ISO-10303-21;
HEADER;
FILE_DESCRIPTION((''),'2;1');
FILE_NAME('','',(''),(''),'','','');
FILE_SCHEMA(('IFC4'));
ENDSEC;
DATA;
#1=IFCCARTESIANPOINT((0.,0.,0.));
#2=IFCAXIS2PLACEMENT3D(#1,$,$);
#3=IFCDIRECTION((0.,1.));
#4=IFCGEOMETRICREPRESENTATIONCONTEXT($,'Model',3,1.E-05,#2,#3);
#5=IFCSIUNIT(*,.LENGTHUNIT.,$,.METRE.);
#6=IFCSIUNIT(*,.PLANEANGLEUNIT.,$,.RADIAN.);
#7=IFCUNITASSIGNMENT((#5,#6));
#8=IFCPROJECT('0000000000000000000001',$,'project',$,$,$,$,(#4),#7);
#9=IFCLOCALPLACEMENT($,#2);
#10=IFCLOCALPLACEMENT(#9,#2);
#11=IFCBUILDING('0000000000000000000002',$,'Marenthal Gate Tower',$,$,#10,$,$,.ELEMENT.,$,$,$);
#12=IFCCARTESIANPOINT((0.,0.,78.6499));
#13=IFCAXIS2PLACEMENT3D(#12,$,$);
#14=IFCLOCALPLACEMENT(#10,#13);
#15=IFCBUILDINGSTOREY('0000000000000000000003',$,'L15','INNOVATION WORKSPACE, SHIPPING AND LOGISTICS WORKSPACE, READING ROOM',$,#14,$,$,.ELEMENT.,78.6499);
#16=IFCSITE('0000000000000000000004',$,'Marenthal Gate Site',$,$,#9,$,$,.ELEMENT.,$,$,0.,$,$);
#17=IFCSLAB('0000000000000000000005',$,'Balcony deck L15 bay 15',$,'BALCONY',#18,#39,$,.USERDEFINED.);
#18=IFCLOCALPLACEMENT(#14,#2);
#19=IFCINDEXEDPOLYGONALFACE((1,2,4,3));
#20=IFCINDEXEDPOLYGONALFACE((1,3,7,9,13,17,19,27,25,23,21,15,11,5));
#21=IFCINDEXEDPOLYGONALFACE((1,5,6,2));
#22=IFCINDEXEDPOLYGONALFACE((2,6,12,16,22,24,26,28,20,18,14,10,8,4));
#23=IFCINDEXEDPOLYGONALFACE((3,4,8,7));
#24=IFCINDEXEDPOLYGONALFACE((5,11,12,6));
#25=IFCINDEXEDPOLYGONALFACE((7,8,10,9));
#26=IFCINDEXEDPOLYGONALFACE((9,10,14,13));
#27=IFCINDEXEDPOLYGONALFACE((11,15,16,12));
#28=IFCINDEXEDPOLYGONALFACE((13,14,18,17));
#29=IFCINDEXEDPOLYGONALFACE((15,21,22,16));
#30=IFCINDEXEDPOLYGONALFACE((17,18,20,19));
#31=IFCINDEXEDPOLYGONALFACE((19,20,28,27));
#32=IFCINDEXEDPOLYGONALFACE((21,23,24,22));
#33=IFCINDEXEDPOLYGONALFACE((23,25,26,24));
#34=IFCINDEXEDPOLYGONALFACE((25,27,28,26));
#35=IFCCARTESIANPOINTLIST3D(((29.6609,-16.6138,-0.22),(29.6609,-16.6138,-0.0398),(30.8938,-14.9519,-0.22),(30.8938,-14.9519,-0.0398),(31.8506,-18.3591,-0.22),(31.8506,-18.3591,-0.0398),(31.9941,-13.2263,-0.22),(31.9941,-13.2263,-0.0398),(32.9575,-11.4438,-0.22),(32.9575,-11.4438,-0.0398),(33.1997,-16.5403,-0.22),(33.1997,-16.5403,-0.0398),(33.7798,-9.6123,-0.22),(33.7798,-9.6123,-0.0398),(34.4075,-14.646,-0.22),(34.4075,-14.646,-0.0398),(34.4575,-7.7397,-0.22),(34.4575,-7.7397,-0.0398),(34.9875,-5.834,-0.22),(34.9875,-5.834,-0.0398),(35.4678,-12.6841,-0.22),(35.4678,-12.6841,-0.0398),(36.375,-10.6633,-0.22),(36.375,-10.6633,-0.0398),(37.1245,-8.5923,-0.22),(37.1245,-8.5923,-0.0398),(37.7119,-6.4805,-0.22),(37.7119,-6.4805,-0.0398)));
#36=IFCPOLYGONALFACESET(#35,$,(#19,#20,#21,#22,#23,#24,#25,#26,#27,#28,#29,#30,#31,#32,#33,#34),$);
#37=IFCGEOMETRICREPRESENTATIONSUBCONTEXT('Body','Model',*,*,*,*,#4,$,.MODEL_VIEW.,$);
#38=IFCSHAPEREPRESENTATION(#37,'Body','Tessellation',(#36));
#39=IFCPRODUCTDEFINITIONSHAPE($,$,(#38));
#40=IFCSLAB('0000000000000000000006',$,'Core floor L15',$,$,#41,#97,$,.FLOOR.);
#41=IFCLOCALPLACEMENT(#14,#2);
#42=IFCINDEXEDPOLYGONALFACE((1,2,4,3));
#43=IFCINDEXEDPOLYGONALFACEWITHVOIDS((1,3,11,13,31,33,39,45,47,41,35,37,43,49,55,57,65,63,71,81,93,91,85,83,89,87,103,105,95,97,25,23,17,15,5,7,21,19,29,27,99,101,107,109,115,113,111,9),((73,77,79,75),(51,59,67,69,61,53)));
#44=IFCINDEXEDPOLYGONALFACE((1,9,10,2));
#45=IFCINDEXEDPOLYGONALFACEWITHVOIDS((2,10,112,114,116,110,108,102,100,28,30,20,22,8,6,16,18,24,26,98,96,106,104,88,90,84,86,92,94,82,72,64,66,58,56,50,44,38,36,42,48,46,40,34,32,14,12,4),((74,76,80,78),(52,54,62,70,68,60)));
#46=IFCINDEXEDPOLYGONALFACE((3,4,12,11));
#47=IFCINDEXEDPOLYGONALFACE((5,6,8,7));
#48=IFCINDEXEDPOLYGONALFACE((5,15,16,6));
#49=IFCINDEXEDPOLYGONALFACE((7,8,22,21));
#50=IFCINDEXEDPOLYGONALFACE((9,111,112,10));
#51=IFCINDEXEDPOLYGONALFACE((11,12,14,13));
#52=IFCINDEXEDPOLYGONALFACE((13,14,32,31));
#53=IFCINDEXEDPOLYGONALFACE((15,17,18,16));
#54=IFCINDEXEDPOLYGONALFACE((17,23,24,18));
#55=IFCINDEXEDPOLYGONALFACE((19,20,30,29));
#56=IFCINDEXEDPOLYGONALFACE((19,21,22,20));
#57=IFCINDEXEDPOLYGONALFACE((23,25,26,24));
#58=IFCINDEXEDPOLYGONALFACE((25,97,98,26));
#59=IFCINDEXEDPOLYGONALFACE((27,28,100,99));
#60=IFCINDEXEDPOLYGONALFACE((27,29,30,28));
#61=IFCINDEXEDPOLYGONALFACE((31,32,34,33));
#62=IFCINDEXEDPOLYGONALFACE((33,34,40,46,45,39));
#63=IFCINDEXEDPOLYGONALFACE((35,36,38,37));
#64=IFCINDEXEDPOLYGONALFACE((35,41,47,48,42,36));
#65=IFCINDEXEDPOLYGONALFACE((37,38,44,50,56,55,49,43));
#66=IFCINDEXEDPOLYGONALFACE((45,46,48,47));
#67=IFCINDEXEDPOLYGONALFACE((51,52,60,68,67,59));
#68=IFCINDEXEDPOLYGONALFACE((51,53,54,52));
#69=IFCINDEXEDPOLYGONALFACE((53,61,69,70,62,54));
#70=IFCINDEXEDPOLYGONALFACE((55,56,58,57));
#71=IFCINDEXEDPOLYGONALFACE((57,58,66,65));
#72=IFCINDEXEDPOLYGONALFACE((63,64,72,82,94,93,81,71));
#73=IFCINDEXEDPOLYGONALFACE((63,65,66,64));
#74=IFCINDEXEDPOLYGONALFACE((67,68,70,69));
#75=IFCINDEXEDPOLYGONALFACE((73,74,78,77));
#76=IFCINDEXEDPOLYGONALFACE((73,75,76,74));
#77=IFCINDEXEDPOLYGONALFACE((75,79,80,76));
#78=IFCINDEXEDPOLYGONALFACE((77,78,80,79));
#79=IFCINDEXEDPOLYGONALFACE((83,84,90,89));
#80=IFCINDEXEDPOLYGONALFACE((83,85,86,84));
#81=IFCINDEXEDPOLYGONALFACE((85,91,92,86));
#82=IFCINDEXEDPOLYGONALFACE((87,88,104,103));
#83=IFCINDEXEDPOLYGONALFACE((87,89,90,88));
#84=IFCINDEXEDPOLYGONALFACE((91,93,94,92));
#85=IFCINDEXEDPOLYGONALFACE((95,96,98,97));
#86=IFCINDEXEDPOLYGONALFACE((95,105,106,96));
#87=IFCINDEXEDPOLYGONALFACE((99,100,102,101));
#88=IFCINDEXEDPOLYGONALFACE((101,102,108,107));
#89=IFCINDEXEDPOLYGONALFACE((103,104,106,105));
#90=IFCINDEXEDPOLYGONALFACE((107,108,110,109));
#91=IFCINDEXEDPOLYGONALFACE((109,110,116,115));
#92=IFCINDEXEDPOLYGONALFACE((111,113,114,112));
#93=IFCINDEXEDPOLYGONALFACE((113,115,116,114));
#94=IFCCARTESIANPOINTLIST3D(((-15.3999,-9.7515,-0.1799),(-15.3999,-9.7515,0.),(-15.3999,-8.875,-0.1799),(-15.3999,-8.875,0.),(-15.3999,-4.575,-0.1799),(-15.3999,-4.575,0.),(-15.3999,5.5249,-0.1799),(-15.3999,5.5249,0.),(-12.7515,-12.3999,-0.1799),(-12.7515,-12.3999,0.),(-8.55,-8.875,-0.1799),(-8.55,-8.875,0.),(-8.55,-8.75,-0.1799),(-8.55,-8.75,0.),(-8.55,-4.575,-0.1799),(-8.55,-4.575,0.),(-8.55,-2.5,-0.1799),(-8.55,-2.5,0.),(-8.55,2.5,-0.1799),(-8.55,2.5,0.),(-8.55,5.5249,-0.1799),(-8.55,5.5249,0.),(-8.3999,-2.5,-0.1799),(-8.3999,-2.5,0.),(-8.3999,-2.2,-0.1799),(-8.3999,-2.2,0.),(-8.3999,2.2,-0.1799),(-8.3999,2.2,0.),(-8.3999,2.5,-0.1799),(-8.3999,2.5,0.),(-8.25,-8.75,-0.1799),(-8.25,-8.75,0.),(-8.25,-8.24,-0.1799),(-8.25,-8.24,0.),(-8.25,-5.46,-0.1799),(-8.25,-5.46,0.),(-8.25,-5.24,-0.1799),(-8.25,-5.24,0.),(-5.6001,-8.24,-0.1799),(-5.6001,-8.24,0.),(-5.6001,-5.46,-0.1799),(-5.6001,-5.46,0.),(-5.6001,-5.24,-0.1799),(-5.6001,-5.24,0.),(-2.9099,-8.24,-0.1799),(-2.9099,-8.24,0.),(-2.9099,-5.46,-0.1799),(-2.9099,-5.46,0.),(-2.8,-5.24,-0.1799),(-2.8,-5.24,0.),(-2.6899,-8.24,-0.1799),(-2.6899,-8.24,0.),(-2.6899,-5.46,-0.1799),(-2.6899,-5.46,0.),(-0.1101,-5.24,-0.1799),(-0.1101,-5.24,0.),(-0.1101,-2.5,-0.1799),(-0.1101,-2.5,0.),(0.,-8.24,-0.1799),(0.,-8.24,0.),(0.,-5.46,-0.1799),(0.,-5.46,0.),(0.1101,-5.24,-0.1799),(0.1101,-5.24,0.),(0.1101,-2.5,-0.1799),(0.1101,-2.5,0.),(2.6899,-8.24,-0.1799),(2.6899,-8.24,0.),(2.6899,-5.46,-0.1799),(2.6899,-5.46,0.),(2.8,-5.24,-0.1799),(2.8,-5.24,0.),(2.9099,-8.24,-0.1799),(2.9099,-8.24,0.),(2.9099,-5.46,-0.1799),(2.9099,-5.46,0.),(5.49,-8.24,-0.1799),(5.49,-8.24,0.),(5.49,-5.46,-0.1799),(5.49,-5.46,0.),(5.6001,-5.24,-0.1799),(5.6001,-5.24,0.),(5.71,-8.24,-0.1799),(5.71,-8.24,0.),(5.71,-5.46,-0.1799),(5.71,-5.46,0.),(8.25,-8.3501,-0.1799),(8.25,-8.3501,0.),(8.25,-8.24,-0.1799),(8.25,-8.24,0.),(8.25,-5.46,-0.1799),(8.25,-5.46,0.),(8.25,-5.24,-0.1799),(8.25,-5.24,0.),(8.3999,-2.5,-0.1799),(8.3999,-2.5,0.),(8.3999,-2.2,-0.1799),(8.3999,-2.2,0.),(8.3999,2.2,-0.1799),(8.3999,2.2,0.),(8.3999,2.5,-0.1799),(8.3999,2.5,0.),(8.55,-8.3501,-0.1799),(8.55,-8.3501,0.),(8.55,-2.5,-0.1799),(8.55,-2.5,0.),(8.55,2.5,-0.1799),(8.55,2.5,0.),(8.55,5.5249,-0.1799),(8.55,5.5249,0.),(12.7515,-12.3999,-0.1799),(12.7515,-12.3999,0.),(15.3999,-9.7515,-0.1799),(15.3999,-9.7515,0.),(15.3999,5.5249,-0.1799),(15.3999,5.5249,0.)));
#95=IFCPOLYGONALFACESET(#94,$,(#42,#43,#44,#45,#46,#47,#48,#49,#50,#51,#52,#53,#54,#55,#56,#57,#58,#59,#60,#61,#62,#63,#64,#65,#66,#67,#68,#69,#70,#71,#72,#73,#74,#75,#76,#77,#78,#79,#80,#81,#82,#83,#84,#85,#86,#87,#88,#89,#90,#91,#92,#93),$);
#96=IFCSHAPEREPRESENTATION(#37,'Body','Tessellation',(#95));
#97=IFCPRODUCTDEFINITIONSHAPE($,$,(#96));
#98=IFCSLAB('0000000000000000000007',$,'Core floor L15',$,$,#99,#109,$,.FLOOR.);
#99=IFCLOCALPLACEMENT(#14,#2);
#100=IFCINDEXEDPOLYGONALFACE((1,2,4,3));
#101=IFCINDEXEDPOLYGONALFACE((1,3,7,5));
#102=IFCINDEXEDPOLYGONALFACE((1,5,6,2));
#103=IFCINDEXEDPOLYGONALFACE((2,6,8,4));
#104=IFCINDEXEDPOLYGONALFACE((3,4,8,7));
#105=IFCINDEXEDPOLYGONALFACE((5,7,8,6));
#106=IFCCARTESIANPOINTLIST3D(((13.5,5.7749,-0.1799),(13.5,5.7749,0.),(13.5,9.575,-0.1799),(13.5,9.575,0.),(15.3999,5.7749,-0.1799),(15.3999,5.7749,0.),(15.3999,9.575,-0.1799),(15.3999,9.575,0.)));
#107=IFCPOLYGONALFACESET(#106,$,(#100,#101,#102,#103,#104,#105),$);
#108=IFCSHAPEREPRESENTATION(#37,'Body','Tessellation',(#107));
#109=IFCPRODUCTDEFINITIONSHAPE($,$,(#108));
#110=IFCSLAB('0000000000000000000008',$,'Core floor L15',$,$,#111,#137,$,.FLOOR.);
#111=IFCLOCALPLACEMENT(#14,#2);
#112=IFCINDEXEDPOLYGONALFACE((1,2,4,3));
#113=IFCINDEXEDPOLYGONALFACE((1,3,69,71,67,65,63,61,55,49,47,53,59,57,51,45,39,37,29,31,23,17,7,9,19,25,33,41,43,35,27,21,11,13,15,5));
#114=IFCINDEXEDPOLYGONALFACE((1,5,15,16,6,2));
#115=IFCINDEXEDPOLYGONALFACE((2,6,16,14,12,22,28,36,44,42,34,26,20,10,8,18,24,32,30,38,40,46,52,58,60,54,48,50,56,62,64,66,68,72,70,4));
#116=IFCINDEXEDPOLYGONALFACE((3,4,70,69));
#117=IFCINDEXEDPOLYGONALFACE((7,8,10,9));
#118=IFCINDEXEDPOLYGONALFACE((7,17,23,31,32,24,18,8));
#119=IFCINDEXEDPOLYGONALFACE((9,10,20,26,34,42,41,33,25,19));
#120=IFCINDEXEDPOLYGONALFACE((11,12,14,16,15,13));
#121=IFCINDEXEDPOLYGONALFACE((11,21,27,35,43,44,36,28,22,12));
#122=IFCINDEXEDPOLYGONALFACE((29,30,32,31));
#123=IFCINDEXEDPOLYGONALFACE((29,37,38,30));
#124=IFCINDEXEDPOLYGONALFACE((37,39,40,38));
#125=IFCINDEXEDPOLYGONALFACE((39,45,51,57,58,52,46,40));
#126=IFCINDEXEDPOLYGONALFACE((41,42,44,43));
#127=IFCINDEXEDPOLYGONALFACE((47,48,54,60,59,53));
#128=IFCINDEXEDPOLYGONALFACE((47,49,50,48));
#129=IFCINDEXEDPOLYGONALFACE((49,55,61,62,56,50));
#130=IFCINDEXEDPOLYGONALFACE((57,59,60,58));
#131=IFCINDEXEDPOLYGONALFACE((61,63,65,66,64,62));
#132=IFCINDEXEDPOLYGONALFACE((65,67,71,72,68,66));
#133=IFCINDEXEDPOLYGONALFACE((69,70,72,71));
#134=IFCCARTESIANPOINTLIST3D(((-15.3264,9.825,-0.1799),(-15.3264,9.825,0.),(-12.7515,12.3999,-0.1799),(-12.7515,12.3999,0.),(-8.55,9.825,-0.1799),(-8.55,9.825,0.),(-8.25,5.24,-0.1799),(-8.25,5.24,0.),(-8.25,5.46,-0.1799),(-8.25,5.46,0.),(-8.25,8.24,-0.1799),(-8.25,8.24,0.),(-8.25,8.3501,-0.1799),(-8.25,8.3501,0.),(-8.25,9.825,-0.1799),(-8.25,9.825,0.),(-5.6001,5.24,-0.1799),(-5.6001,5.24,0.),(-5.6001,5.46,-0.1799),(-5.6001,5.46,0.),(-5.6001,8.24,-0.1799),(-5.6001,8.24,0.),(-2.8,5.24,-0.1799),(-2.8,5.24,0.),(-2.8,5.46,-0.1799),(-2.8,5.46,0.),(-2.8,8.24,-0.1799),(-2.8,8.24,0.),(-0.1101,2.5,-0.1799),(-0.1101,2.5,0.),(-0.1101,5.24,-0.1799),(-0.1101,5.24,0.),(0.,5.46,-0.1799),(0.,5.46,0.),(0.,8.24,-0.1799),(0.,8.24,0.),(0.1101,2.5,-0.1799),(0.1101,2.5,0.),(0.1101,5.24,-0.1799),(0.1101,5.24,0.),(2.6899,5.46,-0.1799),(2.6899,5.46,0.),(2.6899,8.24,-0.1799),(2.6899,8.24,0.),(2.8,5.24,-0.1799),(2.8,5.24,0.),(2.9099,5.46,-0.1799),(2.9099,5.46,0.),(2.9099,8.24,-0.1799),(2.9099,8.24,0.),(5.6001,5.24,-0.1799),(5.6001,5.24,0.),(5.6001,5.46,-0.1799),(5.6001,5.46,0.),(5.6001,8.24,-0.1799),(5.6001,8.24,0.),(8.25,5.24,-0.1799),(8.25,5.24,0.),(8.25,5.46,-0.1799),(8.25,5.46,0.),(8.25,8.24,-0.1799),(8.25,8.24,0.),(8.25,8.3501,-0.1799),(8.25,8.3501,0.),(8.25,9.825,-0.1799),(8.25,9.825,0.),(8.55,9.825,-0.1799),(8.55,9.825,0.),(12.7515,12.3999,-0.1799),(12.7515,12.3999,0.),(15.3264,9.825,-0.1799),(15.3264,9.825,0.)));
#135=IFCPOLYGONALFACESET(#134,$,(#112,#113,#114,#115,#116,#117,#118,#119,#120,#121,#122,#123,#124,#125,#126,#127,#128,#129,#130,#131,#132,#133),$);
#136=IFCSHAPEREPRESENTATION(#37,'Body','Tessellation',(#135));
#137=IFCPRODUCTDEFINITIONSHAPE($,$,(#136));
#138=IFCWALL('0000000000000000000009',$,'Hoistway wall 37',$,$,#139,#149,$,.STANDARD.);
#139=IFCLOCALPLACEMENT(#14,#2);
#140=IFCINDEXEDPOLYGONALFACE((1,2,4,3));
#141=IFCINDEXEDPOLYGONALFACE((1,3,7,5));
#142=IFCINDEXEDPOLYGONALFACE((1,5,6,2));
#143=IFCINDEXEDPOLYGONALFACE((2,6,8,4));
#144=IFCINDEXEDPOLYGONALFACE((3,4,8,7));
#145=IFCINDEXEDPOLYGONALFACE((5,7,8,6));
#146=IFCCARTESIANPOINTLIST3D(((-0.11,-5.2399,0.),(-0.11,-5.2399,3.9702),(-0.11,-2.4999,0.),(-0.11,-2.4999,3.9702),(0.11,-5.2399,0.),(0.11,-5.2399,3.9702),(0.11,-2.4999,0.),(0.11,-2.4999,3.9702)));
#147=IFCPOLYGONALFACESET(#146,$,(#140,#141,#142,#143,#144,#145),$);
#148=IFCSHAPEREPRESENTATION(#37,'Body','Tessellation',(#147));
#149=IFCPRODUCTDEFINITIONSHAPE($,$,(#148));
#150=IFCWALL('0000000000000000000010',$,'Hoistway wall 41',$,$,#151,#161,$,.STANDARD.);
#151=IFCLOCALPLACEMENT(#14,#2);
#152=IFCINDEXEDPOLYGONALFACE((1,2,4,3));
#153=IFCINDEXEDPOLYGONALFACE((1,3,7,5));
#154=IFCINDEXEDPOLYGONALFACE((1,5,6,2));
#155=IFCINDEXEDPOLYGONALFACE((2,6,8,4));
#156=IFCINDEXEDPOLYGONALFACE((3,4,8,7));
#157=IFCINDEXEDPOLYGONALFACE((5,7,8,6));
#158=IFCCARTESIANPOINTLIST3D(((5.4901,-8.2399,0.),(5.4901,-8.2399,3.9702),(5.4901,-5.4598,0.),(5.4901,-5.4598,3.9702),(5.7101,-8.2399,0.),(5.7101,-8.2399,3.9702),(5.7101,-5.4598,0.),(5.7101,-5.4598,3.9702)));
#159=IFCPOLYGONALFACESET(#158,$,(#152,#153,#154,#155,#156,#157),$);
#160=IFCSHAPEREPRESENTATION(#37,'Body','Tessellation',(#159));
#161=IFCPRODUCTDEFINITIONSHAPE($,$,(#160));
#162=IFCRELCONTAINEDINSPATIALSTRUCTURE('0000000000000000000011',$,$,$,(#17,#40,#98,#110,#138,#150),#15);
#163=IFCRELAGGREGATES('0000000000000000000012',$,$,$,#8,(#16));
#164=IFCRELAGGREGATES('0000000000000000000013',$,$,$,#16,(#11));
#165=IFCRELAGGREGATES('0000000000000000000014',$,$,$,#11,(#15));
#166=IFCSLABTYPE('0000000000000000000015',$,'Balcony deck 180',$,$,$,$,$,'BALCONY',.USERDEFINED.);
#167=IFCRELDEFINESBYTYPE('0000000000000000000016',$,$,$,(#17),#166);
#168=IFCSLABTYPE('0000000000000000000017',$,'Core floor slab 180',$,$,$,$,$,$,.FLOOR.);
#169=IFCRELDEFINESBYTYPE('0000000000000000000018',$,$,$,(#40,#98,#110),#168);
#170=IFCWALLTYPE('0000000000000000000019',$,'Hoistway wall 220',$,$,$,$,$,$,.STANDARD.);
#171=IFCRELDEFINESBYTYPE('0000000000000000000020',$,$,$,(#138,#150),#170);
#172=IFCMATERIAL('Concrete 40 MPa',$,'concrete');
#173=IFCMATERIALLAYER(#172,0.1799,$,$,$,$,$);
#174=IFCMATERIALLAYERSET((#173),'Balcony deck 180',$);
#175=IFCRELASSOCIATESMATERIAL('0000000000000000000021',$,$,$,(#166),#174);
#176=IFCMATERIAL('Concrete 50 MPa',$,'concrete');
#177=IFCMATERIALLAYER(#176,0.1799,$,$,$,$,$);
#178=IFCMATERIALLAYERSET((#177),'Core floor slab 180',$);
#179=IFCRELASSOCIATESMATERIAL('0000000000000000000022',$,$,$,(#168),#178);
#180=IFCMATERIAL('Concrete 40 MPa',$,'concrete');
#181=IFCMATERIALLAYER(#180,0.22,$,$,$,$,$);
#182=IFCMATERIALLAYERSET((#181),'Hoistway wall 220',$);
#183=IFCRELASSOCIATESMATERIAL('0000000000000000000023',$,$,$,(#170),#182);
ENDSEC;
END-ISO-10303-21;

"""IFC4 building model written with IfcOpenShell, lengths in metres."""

from ifc_helpers import new_model, si_unit, direction, frame, frame_2d, origin, place, context, subcontext, project, spatial, polyline, rectangle, outline, extrude, material, layer, layer_set, type_object, element, save


model = new_model("IFC4")

# Units and contexts
model_context = context("Model", 3, precision=1e-05, world=origin(), true_north=direction((0.0, 1.0)))
body_context = subcontext(model_context, "Body", "Model", "MODEL_VIEW")
ifc_project = project(units=[si_unit("LENGTHUNIT", "METRE"), si_unit("PLANEANGLEUNIT", "RADIAN")], contexts=[model_context])

# Site, building, storey
site_placement = place(None, origin())
site = spatial("IfcSite", under=ifc_project, at=site_placement, Name="Marenthal Gate Site", CompositionType="ELEMENT", RefElevation=0.0)
building_placement = place(site_placement, origin())
building = spatial("IfcBuilding", under=site, at=building_placement, Name="Marenthal Gate Tower", CompositionType="ELEMENT")
storey_placement = place(building_placement, frame((0.0, 0.0, 78.6499)))
storey = spatial("IfcBuildingStorey", under=building, at=storey_placement, Name="L15", Description="INNOVATION WORKSPACE, SHIPPING AND LOGISTICS WORKSPACE, READING ROOM", CompositionType="ELEMENT", Elevation=78.6499)

# Slabs
ifc_material_1 = material(Name="Concrete 40 MPa", Category="concrete")
ifc_layer_1 = layer(ifc_material_1, 0.1799)
ifc_layer_set_1 = layer_set([ifc_layer_1], Name="Balcony deck 180")
slab_type_1 = type_object("IfcSlabType", Name="Balcony deck 180", ElementType="BALCONY", PredefinedType="USERDEFINED", material=ifc_layer_set_1)
slab_1_placement = place(storey_placement, frame((0.0, 0.0, -0.22)))
element("IfcSlab", 1, at=slab_1_placement, inside=storey, type_object=slab_type_1, Name="Balcony deck L15 bay 15", ObjectType="BALCONY", PredefinedType="USERDEFINED", context=body_context, shape_type="SweptSolid", body=[
    extrude(outline(polyline([(29.6609, -16.6138), (30.8938, -14.9519), (31.9941, -13.2263), (32.9575, -11.4438), (33.7798, -9.6123), (34.4575, -7.7397), (34.9875, -5.834), (37.7119, -6.4805), (37.1245, -8.5923), (36.375, -10.6633), (35.4678, -12.6841), (34.4075, -14.646), (33.1997, -16.5403), (31.8506, -18.3591), (29.6609, -16.6138)])), origin(), (0.0, 0.0, 1.0), 0.1802),
])
ifc_material_2 = material(Name="Concrete 50 MPa", Category="concrete")
ifc_layer_2 = layer(ifc_material_2, 0.1799)
ifc_layer_set_2 = layer_set([ifc_layer_2], Name="Core floor slab 180")
slab_type_2 = type_object("IfcSlabType", Name="Core floor slab 180", PredefinedType="FLOOR", material=ifc_layer_set_2)
slab_2_placement = place(storey_placement, frame((0.0, 0.0, -0.1799)))
element("IfcSlab", 2, at=slab_2_placement, inside=storey, type_object=slab_type_2, Name="Core floor L15", PredefinedType="FLOOR", context=body_context, shape_type="SweptSolid", body=[
    extrude(outline(polyline([(15.3999, -9.7515), (12.7515, -12.3999), (-12.7515, -12.3999), (-15.3999, -9.7515), (-15.3999, -8.875), (-8.55, -8.875), (-8.55, -8.75), (-8.25, -8.75), (-8.25, -8.24), (-5.6001, -8.24), (-2.9099, -8.24), (-2.9099, -5.46), (-5.6001, -5.46), (-8.25, -5.46), (-8.25, -5.24), (-5.6001, -5.24), (-2.8, -5.24), (-0.1101, -5.24), (-0.1101, -2.5), (0.1101, -2.5), (0.1101, -5.24), (2.8, -5.24), (5.6001, -5.24), (8.25, -5.24), (8.25, -5.46), (5.71, -5.46), (5.71, -8.24), (8.25, -8.24), (8.25, -8.3501), (8.55, -8.3501), (8.55, -2.5), (8.3999, -2.5), (8.3999, -2.2), (-8.3999, -2.2), (-8.3999, -2.5), (-8.55, -2.5), (-8.55, -4.575), (-15.3999, -4.575), (-15.3999, 5.5249), (-8.55, 5.5249), (-8.55, 2.5), (-8.3999, 2.5), (-8.3999, 2.2), (8.3999, 2.2), (8.3999, 2.5), (8.55, 2.5), (8.55, 5.5249), (15.3999, 5.5249), (15.3999, -9.7515)]), holes=[polyline([(2.6899, -5.46), (0.0, -5.46), (-2.6899, -5.46), (-2.6899, -8.24), (0.0, -8.24), (2.6899, -8.24), (2.6899, -5.46)]), polyline([(5.49, -5.46), (2.9099, -5.46), (2.9099, -8.24), (5.49, -8.24), (5.49, -5.46)])]), origin(), (0.0, 0.0, 1.0), 0.1799),
])
slab_3_placement = place(storey_placement, frame((0.0, 0.0, -0.1799)))
element("IfcSlab", 3, at=slab_3_placement, inside=storey, type_object=slab_type_2, Name="Core floor L15", PredefinedType="FLOOR", context=body_context, shape_type="SweptSolid", body=[
    extrude(outline(polyline([(15.3999, 5.7749), (13.5, 5.7749), (13.5, 9.575), (15.3999, 9.575), (15.3999, 5.7749)])), origin(), (0.0, 0.0, 1.0), 0.1799),
])
slab_4_placement = place(storey_placement, frame((0.0, 0.0, -0.1799)))
element("IfcSlab", 4, at=slab_4_placement, inside=storey, type_object=slab_type_2, Name="Core floor L15", PredefinedType="FLOOR", context=body_context, shape_type="SweptSolid", body=[
    extrude(outline(polyline([(12.7515, 12.3999), (15.3264, 9.825), (8.55, 9.825), (8.25, 9.825), (8.25, 8.3501), (8.25, 8.24), (5.6001, 8.24), (2.9099, 8.24), (2.9099, 5.46), (5.6001, 5.46), (8.25, 5.46), (8.25, 5.24), (5.6001, 5.24), (2.8, 5.24), (0.1101, 5.24), (0.1101, 2.5), (-0.1101, 2.5), (-0.1101, 5.24), (-2.8, 5.24), (-5.6001, 5.24), (-8.25, 5.24), (-8.25, 5.46), (-5.6001, 5.46), (-2.8, 5.46), (0.0, 5.46), (2.6899, 5.46), (2.6899, 8.24), (0.0, 8.24), (-2.8, 8.24), (-5.6001, 8.24), (-8.25, 8.24), (-8.25, 8.3501), (-8.25, 9.825), (-8.55, 9.825), (-15.3264, 9.825), (-12.7515, 12.3999), (12.7515, 12.3999)])), origin(), (0.0, 0.0, 1.0), 0.1799),
])

# Walls
ifc_material_3 = material(Name="Concrete 40 MPa", Category="concrete")
ifc_layer_3 = layer(ifc_material_3, 0.22)
ifc_layer_set_3 = layer_set([ifc_layer_3], Name="Hoistway wall 220")
wall_type_1 = type_object("IfcWallType", Name="Hoistway wall 220", PredefinedType="STANDARD", material=ifc_layer_set_3)
wall_1_placement = place(storey_placement, frame((0.0, -5.24, 0.0), z_axis=(0.0, 0.0, 1.0), x_axis=(0.0, 1.0, 0.0)))
element("IfcWall", 5, at=wall_1_placement, inside=storey, type_object=wall_type_1, Name="Hoistway wall 37", PredefinedType="STANDARD", context=body_context, shape_type="SweptSolid", body=[
    extrude(rectangle(XDim=2.74, YDim=0.22, at=frame_2d((1.3701, 0.0))), origin(), (0.0, 0.0, 1.0), 3.9702),
])
wall_2_placement = place(storey_placement, frame((5.6001, -8.24, 0.0), z_axis=(0.0, 0.0, 1.0), x_axis=(0.0, 1.0, 0.0)))
element("IfcWall", 6, at=wall_2_placement, inside=storey, type_object=wall_type_1, Name="Hoistway wall 41", PredefinedType="STANDARD", context=body_context, shape_type="SweptSolid", body=[
    extrude(rectangle(XDim=2.78, YDim=0.22, at=frame_2d((1.3901, 0.0))), origin(), (0.0, 0.0, 1.0), 3.9702),
])

save(model, "model.ifc")
